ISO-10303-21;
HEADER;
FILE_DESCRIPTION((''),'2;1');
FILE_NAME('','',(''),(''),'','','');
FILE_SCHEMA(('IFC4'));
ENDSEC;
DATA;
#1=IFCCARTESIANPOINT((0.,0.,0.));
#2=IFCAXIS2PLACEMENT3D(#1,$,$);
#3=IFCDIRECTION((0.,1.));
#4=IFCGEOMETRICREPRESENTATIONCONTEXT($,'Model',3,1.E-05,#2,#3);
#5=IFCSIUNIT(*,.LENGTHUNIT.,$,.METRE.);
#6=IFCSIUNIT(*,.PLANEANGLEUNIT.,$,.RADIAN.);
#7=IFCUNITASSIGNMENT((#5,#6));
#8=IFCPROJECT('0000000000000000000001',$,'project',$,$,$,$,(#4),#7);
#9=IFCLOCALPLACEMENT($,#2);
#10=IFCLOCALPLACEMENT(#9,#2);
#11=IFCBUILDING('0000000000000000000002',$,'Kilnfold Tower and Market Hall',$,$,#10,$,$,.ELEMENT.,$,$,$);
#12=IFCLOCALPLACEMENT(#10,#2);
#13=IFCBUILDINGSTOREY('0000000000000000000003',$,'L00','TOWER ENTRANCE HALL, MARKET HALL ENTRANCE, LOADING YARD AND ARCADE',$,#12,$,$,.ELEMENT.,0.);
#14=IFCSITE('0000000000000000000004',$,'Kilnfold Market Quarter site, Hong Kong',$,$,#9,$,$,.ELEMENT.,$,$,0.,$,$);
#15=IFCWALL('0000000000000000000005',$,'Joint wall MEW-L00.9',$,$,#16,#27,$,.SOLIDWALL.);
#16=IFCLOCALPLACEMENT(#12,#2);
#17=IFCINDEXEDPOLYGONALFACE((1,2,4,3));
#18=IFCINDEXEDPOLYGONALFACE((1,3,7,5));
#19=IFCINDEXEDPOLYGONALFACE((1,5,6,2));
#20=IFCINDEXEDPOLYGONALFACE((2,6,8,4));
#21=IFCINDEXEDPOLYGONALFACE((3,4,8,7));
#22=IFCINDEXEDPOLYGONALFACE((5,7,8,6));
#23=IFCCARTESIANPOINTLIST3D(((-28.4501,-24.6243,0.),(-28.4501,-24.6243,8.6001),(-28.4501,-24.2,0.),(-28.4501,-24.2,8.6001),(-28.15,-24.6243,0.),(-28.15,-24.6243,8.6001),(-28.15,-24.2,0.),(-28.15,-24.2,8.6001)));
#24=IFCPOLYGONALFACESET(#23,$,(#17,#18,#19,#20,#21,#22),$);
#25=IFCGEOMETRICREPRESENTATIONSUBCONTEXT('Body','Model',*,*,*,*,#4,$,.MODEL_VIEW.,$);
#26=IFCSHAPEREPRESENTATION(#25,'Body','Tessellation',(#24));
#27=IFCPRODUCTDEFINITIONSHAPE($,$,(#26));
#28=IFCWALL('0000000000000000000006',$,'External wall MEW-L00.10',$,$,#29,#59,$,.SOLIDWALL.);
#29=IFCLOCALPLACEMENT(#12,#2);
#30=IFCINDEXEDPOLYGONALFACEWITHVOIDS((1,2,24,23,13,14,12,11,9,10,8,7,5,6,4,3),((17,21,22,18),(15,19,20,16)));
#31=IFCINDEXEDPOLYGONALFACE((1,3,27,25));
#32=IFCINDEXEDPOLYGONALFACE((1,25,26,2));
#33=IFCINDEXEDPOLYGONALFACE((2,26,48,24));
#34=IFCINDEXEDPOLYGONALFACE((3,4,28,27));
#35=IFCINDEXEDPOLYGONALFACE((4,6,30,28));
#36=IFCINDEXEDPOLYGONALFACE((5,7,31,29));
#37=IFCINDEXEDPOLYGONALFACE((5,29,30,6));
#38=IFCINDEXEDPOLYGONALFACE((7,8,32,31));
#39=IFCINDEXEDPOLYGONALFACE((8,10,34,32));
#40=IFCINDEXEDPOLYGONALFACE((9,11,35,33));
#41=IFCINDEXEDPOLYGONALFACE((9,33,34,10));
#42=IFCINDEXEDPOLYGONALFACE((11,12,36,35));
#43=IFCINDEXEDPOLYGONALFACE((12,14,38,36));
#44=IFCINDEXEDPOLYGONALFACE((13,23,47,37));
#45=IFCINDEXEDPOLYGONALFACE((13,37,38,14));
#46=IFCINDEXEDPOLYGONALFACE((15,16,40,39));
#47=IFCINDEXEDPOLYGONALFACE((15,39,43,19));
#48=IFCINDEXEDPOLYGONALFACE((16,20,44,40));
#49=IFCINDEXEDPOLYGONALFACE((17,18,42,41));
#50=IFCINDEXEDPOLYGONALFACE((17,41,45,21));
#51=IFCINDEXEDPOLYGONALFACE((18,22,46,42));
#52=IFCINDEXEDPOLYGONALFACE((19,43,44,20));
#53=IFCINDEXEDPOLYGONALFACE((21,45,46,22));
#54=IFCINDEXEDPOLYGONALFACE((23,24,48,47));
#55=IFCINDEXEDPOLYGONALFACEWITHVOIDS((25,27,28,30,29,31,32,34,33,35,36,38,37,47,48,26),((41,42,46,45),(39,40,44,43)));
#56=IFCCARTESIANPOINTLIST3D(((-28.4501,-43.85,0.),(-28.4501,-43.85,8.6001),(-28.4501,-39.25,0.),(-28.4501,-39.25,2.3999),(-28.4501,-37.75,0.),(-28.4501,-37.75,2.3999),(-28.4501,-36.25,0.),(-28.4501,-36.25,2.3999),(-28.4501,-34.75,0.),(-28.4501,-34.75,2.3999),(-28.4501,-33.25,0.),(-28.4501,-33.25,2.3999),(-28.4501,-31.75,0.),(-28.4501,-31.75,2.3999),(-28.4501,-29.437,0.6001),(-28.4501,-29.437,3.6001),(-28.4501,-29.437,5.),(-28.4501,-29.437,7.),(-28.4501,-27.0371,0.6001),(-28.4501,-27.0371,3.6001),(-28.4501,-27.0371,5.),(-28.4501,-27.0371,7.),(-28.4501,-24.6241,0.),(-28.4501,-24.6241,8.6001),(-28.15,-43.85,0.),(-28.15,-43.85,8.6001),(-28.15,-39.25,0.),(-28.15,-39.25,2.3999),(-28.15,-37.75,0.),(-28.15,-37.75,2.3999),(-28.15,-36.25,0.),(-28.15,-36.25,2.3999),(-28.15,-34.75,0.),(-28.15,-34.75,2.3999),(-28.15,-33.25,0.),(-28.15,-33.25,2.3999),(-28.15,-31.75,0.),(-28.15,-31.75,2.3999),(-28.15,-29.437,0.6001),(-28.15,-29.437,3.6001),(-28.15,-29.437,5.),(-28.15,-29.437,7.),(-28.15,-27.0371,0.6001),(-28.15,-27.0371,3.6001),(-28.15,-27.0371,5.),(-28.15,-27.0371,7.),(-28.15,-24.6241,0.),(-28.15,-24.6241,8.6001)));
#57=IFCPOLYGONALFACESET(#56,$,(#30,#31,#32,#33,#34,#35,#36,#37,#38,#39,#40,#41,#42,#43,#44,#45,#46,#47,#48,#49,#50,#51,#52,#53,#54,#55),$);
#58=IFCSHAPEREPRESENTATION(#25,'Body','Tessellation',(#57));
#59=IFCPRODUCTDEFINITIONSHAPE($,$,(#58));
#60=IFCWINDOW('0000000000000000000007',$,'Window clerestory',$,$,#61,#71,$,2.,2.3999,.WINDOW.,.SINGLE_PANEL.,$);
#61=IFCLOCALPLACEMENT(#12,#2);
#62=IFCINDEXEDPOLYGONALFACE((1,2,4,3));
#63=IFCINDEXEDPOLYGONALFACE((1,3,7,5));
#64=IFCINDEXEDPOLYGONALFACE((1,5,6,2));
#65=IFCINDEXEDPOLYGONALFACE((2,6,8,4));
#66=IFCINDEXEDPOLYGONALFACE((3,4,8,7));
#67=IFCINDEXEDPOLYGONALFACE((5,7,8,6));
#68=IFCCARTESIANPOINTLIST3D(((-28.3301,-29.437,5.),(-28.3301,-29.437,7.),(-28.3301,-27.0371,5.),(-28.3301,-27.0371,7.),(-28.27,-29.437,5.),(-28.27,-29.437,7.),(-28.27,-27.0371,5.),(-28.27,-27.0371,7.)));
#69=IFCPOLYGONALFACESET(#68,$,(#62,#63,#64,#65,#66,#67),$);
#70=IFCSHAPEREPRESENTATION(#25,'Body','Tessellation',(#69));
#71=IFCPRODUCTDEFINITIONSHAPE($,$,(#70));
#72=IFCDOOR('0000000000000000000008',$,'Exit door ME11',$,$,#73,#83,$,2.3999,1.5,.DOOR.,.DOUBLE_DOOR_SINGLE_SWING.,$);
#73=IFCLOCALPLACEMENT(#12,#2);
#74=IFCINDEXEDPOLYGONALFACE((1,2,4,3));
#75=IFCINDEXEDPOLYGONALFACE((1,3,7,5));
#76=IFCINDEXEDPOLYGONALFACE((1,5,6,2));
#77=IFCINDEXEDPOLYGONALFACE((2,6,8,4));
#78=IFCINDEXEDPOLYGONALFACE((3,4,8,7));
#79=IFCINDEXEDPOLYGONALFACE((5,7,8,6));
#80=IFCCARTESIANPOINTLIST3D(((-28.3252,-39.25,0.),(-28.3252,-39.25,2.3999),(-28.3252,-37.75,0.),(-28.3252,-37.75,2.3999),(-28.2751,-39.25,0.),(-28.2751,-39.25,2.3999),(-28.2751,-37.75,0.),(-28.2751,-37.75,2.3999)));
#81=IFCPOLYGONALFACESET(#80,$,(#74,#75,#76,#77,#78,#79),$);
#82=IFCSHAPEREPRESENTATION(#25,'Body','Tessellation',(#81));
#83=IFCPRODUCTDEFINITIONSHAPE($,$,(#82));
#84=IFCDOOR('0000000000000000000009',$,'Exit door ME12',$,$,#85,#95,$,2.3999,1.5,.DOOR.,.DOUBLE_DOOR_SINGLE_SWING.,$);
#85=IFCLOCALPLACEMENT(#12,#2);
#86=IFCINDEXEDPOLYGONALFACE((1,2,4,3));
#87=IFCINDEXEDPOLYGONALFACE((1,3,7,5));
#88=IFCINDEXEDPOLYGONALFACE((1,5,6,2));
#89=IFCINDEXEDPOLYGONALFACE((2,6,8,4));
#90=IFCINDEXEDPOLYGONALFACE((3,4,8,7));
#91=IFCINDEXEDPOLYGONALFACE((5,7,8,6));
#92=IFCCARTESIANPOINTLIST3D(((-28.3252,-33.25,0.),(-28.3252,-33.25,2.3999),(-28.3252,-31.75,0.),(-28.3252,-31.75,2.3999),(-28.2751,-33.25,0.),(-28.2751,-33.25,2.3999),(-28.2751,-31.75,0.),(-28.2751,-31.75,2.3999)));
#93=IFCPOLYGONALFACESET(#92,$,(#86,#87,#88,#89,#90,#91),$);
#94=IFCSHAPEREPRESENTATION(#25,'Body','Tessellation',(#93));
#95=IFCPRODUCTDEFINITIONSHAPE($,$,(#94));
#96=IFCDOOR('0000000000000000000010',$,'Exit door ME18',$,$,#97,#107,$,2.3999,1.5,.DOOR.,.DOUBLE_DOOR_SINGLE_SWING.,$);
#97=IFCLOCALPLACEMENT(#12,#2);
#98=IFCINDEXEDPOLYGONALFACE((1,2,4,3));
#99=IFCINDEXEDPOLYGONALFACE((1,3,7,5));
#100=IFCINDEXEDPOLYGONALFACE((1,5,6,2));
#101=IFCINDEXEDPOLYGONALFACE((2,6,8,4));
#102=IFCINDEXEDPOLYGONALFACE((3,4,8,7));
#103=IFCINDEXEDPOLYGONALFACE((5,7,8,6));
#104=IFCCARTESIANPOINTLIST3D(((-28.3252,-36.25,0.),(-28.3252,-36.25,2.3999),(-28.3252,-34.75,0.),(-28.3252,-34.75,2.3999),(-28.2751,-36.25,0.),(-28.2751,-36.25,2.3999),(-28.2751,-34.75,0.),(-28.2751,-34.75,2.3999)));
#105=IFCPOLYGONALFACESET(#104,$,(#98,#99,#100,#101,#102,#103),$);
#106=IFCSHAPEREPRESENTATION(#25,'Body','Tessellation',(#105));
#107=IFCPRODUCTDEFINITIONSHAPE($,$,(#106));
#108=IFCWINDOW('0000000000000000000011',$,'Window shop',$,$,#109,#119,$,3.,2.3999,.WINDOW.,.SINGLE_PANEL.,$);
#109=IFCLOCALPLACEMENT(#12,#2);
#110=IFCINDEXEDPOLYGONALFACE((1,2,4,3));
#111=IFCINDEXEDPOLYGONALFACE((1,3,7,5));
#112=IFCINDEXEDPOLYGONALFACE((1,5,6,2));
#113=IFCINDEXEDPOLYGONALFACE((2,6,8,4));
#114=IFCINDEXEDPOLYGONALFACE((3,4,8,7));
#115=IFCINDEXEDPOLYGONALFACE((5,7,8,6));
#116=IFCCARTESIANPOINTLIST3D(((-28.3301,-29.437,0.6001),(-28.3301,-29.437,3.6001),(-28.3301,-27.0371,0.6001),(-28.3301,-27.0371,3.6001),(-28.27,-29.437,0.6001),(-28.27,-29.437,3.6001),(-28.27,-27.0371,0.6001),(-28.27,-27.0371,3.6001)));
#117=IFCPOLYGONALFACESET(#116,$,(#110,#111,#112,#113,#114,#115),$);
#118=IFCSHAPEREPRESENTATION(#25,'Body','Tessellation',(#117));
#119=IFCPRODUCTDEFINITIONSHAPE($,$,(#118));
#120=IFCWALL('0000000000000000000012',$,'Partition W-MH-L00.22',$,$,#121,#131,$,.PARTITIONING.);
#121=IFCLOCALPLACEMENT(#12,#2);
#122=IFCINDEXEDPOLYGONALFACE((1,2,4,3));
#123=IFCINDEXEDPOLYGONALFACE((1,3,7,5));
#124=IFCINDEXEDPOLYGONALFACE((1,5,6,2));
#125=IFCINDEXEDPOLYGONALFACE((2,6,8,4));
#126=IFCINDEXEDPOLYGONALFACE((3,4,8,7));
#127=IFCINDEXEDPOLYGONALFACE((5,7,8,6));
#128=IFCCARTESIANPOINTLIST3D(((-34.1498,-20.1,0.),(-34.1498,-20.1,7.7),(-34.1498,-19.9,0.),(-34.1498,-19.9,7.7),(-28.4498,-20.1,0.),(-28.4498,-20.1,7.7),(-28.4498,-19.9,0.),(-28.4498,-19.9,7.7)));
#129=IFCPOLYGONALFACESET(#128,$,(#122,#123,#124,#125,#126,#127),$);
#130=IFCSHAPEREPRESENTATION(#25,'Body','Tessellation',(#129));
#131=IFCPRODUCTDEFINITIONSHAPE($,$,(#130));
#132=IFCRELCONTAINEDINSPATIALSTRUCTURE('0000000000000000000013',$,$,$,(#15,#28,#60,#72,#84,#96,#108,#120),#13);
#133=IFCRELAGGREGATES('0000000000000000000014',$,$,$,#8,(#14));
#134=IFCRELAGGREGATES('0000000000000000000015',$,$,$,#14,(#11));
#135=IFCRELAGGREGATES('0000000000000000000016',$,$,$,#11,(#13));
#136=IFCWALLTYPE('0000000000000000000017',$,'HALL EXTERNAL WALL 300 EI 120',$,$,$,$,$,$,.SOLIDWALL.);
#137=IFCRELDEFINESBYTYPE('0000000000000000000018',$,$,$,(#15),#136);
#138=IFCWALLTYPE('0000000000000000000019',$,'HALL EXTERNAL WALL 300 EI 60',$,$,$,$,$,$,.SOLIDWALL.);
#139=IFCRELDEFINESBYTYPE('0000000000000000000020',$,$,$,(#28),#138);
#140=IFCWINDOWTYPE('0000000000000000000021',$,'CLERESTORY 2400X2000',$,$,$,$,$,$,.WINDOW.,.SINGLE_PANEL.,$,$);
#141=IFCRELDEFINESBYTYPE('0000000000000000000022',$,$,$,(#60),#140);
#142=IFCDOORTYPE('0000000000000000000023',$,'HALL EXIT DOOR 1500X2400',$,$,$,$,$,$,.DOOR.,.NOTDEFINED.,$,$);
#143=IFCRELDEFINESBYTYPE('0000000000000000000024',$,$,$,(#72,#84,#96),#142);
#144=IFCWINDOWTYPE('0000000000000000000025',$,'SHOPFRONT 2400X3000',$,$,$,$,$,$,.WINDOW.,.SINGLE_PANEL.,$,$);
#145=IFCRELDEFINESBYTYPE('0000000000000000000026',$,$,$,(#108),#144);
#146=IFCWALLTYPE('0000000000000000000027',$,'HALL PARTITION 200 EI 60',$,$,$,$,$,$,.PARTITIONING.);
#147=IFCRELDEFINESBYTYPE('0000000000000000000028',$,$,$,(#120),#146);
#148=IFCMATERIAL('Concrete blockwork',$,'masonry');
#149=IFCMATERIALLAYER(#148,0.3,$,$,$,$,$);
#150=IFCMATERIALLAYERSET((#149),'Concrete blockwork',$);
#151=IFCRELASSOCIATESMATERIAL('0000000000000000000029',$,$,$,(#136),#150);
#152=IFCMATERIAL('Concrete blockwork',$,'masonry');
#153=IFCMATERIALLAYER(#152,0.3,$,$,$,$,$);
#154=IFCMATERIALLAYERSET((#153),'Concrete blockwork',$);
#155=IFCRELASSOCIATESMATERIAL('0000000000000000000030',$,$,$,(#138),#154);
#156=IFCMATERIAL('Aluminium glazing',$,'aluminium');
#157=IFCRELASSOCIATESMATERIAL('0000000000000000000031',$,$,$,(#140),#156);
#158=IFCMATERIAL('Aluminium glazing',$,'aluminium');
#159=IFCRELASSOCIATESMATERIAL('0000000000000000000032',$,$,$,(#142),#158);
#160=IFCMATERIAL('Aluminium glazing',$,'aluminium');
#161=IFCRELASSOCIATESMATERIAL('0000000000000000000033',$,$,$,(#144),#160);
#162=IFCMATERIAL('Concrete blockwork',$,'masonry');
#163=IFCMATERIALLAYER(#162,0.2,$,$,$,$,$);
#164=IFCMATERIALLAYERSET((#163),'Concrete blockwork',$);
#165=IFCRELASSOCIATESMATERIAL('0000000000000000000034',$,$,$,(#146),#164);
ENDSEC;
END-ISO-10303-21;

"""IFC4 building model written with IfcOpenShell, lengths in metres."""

from ifc_helpers import new_model, si_unit, direction, frame, frame_2d, origin, place, context, subcontext, project, spatial, rectangle, extrude, source, transform, mapped, material, layer, layer_set, type_object, element, fill, save


model = new_model("IFC4")

# Units and contexts
model_context = context("Model", 3, precision=1e-05, world=origin(), true_north=direction((0.0, 1.0)))
body_context = subcontext(model_context, "Body", "Model", "MODEL_VIEW")
ifc_project = project(units=[si_unit("LENGTHUNIT", "METRE"), si_unit("PLANEANGLEUNIT", "RADIAN")], contexts=[model_context])

# Site, building, storey
site_placement = place(None, origin())
site = spatial("IfcSite", under=ifc_project, at=site_placement, Name="Kilnfold Market Quarter site, Hong Kong", CompositionType="ELEMENT", RefElevation=0.0)
building_placement = place(site_placement, origin())
building = spatial("IfcBuilding", under=site, at=building_placement, Name="Kilnfold Tower and Market Hall", CompositionType="ELEMENT")
storey_placement = place(building_placement, origin())
storey = spatial("IfcBuildingStorey", under=building, at=storey_placement, Name="L00", Description="TOWER ENTRANCE HALL, MARKET HALL ENTRANCE, LOADING YARD AND ARCADE", CompositionType="ELEMENT", Elevation=0.0)

# Wall
ifc_material_1 = material(Name="Concrete blockwork", Category="masonry")
ifc_layer_1 = layer(ifc_material_1, 0.3)
ifc_layer_set_1 = layer_set([ifc_layer_1], Name="Concrete blockwork")
wall_type_1 = type_object("IfcWallType", Name="HALL EXTERNAL WALL 300 EI 120", PredefinedType="SOLIDWALL", material=ifc_layer_set_1)
shared_shape_1 = source(origin(), body_context, "Body", "SweptSolid", [
    extrude(rectangle(XDim=0.4243, YDim=0.3, at=frame_2d((0.2122, 0.0))), origin(), (0.0, 0.0, 1.0), 8.6001),
])
wall_1_placement = place(storey_placement, frame((-28.3, -24.2, 0.0), z_axis=(0.0, 0.0, 1.0), x_axis=(0.0, -1.0, 0.0)))
element("IfcWall", 1, at=wall_1_placement, inside=storey, type_object=wall_type_1, Name="Joint wall MEW-L00.9", PredefinedType="SOLIDWALL", context=body_context, shape_type="MappedRepresentation", body=[
    mapped(shared_shape_1, transform((0.0, 0.0, 0.0))),
])

# Wall, openings, windows, doors
ifc_material_2 = material(Name="Concrete blockwork", Category="masonry")
ifc_layer_2 = layer(ifc_material_2, 0.3)
ifc_layer_set_2 = layer_set([ifc_layer_2], Name="Concrete blockwork")
wall_type_2 = type_object("IfcWallType", Name="HALL EXTERNAL WALL 300 EI 60", PredefinedType="SOLIDWALL", material=ifc_layer_set_2)
shared_shape_2 = source(origin(), body_context, "Body", "SweptSolid", [
    extrude(rectangle(XDim=19.2258, YDim=0.3, at=frame_2d((9.6128, 0.0))), origin(), (0.0, 0.0, 1.0), 8.6001),
])
wall_2_placement = place(storey_placement, frame((-28.3, -24.6243, 0.0), z_axis=(0.0, 0.0, 1.0), x_axis=(0.0, -1.0, 0.0)))
wall_2 = element("IfcWall", 2, at=wall_2_placement, inside=storey, type_object=wall_type_2, Name="External wall MEW-L00.10", PredefinedType="SOLIDWALL", context=body_context, shape_type="MappedRepresentation", body=[
    mapped(shared_shape_2, transform((0.0, 0.0, 0.0))),
])
opening_1_placement = place(wall_2_placement, frame((13.1257, 0.0, 0.0)))
opening_1 = element("IfcOpeningElement", 3, at=opening_1_placement, cuts=wall_2, PredefinedType="OPENING", context=body_context, shape_type="SweptSolid", body=[
    extrude(rectangle(XDim=1.5, YDim=2.3999, at=frame_2d((0.75, 1.2))), frame((0.0, 0.1602, 0.0), z_axis=(0.0, -1.0, 0.0), x_axis=(1.0, 0.0, 0.0)), (0.0, 0.0, 1.0), 0.3201),
])
opening_2_placement = place(wall_2_placement, frame((7.1257, 0.0, 0.0)))
opening_2 = element("IfcOpeningElement", 4, at=opening_2_placement, cuts=wall_2, PredefinedType="OPENING", context=body_context, shape_type="SweptSolid", body=[
    extrude(rectangle(XDim=1.5, YDim=2.3999, at=frame_2d((0.75, 1.2))), frame((0.0, 0.1602, 0.0), z_axis=(0.0, -1.0, 0.0), x_axis=(1.0, 0.0, 0.0)), (0.0, 0.0, 1.0), 0.3201),
])
opening_3_placement = place(wall_2_placement, frame((10.1257, 0.0, 0.0)))
opening_3 = element("IfcOpeningElement", 5, at=opening_3_placement, cuts=wall_2, PredefinedType="OPENING", context=body_context, shape_type="SweptSolid", body=[
    extrude(rectangle(XDim=1.5, YDim=2.3999, at=frame_2d((0.75, 1.2))), frame((0.0, 0.1602, 0.0), z_axis=(0.0, -1.0, 0.0), x_axis=(1.0, 0.0, 0.0)), (0.0, 0.0, 1.0), 0.3201),
])
opening_4_placement = place(wall_2_placement, frame((2.4128, 0.0, 0.6001)))
opening_4 = element("IfcOpeningElement", 6, at=opening_4_placement, cuts=wall_2, PredefinedType="OPENING", context=body_context, shape_type="SweptSolid", body=[
    extrude(rectangle(XDim=2.3999, YDim=3.0, at=frame_2d((1.2, 1.5))), frame((0.0, 0.1602, 0.0), z_axis=(0.0, -1.0, 0.0), x_axis=(1.0, 0.0, 0.0)), (0.0, 0.0, 1.0), 0.3201),
])
opening_5_placement = place(wall_2_placement, frame((2.4128, 0.0, 5.0)))
opening_5 = element("IfcOpeningElement", 7, at=opening_5_placement, cuts=wall_2, PredefinedType="OPENING", context=body_context, shape_type="SweptSolid", body=[
    extrude(rectangle(XDim=2.3999, YDim=2.0, at=frame_2d((1.2, 1.0))), frame((0.0, 0.1602, 0.0), z_axis=(0.0, -1.0, 0.0), x_axis=(1.0, 0.0, 0.0)), (0.0, 0.0, 1.0), 0.3201),
])
ifc_material_3 = material(Name="Aluminium glazing", Category="aluminium")
window_type_1 = type_object("IfcWindowType", Name="CLERESTORY 2400X2000", PartitioningType="SINGLE_PANEL", PredefinedType="WINDOW", material=ifc_material_3)
window_1_placement = place(opening_5_placement, origin())
window_1 = element("IfcWindow", 8, at=window_1_placement, inside=storey, type_object=window_type_1, Name="Window clerestory", OverallHeight=2.0, OverallWidth=2.3999, PartitioningType="SINGLE_PANEL", PredefinedType="WINDOW", context=body_context, shape_type="SweptSolid", body=[
    extrude(rectangle(XDim=2.3999, YDim=2.0, at=frame_2d((1.2, 1.0))), frame((0.0, 0.03, 0.0), z_axis=(0.0, -1.0, 0.0), x_axis=(1.0, 0.0, 0.0)), (0.0, 0.0, 1.0), 0.0601),
])
fill(opening_5, window_1)
ifc_material_4 = material(Name="Aluminium glazing", Category="aluminium")
door_type_1 = type_object("IfcDoorType", Name="HALL EXIT DOOR 1500X2400", OperationType="NOTDEFINED", PredefinedType="DOOR", material=ifc_material_4)
door_1_placement = place(opening_1_placement, origin())
door_1 = element("IfcDoor", 9, at=door_1_placement, inside=storey, type_object=door_type_1, Name="Exit door ME11", OperationType="DOUBLE_DOOR_SINGLE_SWING", OverallHeight=2.3999, OverallWidth=1.5, PredefinedType="DOOR", context=body_context, shape_type="SweptSolid", body=[
    extrude(rectangle(XDim=1.5, YDim=2.3999, at=frame_2d((0.75, 1.2))), frame((0.0, 0.0249, 0.0), z_axis=(0.0, -1.0, 0.0), x_axis=(1.0, 0.0, 0.0)), (0.0, 0.0, 1.0), 0.05),
])
fill(opening_1, door_1)
door_2_placement = place(opening_2_placement, origin())
door_2 = element("IfcDoor", 10, at=door_2_placement, inside=storey, type_object=door_type_1, Name="Exit door ME12", OperationType="DOUBLE_DOOR_SINGLE_SWING", OverallHeight=2.3999, OverallWidth=1.5, PredefinedType="DOOR", context=body_context, shape_type="SweptSolid", body=[
    extrude(rectangle(XDim=1.5, YDim=2.3999, at=frame_2d((0.75, 1.2))), frame((0.0, 0.0249, 0.0), z_axis=(0.0, -1.0, 0.0), x_axis=(1.0, 0.0, 0.0)), (0.0, 0.0, 1.0), 0.05),
])
fill(opening_2, door_2)
door_3_placement = place(opening_3_placement, origin())
door_3 = element("IfcDoor", 11, at=door_3_placement, inside=storey, type_object=door_type_1, Name="Exit door ME18", OperationType="DOUBLE_DOOR_SINGLE_SWING", OverallHeight=2.3999, OverallWidth=1.5, PredefinedType="DOOR", context=body_context, shape_type="SweptSolid", body=[
    extrude(rectangle(XDim=1.5, YDim=2.3999, at=frame_2d((0.75, 1.2))), frame((0.0, 0.0249, 0.0), z_axis=(0.0, -1.0, 0.0), x_axis=(1.0, 0.0, 0.0)), (0.0, 0.0, 1.0), 0.05),
])
fill(opening_3, door_3)
ifc_material_5 = material(Name="Aluminium glazing", Category="aluminium")
window_type_2 = type_object("IfcWindowType", Name="SHOPFRONT 2400X3000", PartitioningType="SINGLE_PANEL", PredefinedType="WINDOW", material=ifc_material_5)
window_2_placement = place(opening_4_placement, origin())
window_2 = element("IfcWindow", 12, at=window_2_placement, inside=storey, type_object=window_type_2, Name="Window shop", OverallHeight=3.0, OverallWidth=2.3999, PartitioningType="SINGLE_PANEL", PredefinedType="WINDOW", context=body_context, shape_type="SweptSolid", body=[
    extrude(rectangle(XDim=2.3999, YDim=3.0, at=frame_2d((1.2, 1.5))), frame((0.0, 0.03, 0.0), z_axis=(0.0, -1.0, 0.0), x_axis=(1.0, 0.0, 0.0)), (0.0, 0.0, 1.0), 0.0601),
])
fill(opening_4, window_2)

# Wall
ifc_material_6 = material(Name="Concrete blockwork", Category="masonry")
ifc_layer_3 = layer(ifc_material_6, 0.2)
ifc_layer_set_3 = layer_set([ifc_layer_3], Name="Concrete blockwork")
wall_type_3 = type_object("IfcWallType", Name="HALL PARTITION 200 EI 60", PredefinedType="PARTITIONING", material=ifc_layer_set_3)
shared_shape_3 = source(origin(), body_context, "Body", "SweptSolid", [
    extrude(rectangle(XDim=5.7, YDim=0.2, at=frame_2d((2.8501, 0.0))), origin(), (0.0, 0.0, 1.0), 7.7),
])
wall_3_placement = place(storey_placement, frame((-34.1499, -20.0, 0.0), z_axis=(0.0, 0.0, 1.0), x_axis=(1.0, 0.0, 0.0)))
element("IfcWall", 13, at=wall_3_placement, inside=storey, type_object=wall_type_3, Name="Partition W-MH-L00.22", PredefinedType="PARTITIONING", context=body_context, shape_type="MappedRepresentation", body=[
    mapped(shared_shape_3, transform((0.0, 0.0, 0.0))),
])

save(model, "model.ifc")
